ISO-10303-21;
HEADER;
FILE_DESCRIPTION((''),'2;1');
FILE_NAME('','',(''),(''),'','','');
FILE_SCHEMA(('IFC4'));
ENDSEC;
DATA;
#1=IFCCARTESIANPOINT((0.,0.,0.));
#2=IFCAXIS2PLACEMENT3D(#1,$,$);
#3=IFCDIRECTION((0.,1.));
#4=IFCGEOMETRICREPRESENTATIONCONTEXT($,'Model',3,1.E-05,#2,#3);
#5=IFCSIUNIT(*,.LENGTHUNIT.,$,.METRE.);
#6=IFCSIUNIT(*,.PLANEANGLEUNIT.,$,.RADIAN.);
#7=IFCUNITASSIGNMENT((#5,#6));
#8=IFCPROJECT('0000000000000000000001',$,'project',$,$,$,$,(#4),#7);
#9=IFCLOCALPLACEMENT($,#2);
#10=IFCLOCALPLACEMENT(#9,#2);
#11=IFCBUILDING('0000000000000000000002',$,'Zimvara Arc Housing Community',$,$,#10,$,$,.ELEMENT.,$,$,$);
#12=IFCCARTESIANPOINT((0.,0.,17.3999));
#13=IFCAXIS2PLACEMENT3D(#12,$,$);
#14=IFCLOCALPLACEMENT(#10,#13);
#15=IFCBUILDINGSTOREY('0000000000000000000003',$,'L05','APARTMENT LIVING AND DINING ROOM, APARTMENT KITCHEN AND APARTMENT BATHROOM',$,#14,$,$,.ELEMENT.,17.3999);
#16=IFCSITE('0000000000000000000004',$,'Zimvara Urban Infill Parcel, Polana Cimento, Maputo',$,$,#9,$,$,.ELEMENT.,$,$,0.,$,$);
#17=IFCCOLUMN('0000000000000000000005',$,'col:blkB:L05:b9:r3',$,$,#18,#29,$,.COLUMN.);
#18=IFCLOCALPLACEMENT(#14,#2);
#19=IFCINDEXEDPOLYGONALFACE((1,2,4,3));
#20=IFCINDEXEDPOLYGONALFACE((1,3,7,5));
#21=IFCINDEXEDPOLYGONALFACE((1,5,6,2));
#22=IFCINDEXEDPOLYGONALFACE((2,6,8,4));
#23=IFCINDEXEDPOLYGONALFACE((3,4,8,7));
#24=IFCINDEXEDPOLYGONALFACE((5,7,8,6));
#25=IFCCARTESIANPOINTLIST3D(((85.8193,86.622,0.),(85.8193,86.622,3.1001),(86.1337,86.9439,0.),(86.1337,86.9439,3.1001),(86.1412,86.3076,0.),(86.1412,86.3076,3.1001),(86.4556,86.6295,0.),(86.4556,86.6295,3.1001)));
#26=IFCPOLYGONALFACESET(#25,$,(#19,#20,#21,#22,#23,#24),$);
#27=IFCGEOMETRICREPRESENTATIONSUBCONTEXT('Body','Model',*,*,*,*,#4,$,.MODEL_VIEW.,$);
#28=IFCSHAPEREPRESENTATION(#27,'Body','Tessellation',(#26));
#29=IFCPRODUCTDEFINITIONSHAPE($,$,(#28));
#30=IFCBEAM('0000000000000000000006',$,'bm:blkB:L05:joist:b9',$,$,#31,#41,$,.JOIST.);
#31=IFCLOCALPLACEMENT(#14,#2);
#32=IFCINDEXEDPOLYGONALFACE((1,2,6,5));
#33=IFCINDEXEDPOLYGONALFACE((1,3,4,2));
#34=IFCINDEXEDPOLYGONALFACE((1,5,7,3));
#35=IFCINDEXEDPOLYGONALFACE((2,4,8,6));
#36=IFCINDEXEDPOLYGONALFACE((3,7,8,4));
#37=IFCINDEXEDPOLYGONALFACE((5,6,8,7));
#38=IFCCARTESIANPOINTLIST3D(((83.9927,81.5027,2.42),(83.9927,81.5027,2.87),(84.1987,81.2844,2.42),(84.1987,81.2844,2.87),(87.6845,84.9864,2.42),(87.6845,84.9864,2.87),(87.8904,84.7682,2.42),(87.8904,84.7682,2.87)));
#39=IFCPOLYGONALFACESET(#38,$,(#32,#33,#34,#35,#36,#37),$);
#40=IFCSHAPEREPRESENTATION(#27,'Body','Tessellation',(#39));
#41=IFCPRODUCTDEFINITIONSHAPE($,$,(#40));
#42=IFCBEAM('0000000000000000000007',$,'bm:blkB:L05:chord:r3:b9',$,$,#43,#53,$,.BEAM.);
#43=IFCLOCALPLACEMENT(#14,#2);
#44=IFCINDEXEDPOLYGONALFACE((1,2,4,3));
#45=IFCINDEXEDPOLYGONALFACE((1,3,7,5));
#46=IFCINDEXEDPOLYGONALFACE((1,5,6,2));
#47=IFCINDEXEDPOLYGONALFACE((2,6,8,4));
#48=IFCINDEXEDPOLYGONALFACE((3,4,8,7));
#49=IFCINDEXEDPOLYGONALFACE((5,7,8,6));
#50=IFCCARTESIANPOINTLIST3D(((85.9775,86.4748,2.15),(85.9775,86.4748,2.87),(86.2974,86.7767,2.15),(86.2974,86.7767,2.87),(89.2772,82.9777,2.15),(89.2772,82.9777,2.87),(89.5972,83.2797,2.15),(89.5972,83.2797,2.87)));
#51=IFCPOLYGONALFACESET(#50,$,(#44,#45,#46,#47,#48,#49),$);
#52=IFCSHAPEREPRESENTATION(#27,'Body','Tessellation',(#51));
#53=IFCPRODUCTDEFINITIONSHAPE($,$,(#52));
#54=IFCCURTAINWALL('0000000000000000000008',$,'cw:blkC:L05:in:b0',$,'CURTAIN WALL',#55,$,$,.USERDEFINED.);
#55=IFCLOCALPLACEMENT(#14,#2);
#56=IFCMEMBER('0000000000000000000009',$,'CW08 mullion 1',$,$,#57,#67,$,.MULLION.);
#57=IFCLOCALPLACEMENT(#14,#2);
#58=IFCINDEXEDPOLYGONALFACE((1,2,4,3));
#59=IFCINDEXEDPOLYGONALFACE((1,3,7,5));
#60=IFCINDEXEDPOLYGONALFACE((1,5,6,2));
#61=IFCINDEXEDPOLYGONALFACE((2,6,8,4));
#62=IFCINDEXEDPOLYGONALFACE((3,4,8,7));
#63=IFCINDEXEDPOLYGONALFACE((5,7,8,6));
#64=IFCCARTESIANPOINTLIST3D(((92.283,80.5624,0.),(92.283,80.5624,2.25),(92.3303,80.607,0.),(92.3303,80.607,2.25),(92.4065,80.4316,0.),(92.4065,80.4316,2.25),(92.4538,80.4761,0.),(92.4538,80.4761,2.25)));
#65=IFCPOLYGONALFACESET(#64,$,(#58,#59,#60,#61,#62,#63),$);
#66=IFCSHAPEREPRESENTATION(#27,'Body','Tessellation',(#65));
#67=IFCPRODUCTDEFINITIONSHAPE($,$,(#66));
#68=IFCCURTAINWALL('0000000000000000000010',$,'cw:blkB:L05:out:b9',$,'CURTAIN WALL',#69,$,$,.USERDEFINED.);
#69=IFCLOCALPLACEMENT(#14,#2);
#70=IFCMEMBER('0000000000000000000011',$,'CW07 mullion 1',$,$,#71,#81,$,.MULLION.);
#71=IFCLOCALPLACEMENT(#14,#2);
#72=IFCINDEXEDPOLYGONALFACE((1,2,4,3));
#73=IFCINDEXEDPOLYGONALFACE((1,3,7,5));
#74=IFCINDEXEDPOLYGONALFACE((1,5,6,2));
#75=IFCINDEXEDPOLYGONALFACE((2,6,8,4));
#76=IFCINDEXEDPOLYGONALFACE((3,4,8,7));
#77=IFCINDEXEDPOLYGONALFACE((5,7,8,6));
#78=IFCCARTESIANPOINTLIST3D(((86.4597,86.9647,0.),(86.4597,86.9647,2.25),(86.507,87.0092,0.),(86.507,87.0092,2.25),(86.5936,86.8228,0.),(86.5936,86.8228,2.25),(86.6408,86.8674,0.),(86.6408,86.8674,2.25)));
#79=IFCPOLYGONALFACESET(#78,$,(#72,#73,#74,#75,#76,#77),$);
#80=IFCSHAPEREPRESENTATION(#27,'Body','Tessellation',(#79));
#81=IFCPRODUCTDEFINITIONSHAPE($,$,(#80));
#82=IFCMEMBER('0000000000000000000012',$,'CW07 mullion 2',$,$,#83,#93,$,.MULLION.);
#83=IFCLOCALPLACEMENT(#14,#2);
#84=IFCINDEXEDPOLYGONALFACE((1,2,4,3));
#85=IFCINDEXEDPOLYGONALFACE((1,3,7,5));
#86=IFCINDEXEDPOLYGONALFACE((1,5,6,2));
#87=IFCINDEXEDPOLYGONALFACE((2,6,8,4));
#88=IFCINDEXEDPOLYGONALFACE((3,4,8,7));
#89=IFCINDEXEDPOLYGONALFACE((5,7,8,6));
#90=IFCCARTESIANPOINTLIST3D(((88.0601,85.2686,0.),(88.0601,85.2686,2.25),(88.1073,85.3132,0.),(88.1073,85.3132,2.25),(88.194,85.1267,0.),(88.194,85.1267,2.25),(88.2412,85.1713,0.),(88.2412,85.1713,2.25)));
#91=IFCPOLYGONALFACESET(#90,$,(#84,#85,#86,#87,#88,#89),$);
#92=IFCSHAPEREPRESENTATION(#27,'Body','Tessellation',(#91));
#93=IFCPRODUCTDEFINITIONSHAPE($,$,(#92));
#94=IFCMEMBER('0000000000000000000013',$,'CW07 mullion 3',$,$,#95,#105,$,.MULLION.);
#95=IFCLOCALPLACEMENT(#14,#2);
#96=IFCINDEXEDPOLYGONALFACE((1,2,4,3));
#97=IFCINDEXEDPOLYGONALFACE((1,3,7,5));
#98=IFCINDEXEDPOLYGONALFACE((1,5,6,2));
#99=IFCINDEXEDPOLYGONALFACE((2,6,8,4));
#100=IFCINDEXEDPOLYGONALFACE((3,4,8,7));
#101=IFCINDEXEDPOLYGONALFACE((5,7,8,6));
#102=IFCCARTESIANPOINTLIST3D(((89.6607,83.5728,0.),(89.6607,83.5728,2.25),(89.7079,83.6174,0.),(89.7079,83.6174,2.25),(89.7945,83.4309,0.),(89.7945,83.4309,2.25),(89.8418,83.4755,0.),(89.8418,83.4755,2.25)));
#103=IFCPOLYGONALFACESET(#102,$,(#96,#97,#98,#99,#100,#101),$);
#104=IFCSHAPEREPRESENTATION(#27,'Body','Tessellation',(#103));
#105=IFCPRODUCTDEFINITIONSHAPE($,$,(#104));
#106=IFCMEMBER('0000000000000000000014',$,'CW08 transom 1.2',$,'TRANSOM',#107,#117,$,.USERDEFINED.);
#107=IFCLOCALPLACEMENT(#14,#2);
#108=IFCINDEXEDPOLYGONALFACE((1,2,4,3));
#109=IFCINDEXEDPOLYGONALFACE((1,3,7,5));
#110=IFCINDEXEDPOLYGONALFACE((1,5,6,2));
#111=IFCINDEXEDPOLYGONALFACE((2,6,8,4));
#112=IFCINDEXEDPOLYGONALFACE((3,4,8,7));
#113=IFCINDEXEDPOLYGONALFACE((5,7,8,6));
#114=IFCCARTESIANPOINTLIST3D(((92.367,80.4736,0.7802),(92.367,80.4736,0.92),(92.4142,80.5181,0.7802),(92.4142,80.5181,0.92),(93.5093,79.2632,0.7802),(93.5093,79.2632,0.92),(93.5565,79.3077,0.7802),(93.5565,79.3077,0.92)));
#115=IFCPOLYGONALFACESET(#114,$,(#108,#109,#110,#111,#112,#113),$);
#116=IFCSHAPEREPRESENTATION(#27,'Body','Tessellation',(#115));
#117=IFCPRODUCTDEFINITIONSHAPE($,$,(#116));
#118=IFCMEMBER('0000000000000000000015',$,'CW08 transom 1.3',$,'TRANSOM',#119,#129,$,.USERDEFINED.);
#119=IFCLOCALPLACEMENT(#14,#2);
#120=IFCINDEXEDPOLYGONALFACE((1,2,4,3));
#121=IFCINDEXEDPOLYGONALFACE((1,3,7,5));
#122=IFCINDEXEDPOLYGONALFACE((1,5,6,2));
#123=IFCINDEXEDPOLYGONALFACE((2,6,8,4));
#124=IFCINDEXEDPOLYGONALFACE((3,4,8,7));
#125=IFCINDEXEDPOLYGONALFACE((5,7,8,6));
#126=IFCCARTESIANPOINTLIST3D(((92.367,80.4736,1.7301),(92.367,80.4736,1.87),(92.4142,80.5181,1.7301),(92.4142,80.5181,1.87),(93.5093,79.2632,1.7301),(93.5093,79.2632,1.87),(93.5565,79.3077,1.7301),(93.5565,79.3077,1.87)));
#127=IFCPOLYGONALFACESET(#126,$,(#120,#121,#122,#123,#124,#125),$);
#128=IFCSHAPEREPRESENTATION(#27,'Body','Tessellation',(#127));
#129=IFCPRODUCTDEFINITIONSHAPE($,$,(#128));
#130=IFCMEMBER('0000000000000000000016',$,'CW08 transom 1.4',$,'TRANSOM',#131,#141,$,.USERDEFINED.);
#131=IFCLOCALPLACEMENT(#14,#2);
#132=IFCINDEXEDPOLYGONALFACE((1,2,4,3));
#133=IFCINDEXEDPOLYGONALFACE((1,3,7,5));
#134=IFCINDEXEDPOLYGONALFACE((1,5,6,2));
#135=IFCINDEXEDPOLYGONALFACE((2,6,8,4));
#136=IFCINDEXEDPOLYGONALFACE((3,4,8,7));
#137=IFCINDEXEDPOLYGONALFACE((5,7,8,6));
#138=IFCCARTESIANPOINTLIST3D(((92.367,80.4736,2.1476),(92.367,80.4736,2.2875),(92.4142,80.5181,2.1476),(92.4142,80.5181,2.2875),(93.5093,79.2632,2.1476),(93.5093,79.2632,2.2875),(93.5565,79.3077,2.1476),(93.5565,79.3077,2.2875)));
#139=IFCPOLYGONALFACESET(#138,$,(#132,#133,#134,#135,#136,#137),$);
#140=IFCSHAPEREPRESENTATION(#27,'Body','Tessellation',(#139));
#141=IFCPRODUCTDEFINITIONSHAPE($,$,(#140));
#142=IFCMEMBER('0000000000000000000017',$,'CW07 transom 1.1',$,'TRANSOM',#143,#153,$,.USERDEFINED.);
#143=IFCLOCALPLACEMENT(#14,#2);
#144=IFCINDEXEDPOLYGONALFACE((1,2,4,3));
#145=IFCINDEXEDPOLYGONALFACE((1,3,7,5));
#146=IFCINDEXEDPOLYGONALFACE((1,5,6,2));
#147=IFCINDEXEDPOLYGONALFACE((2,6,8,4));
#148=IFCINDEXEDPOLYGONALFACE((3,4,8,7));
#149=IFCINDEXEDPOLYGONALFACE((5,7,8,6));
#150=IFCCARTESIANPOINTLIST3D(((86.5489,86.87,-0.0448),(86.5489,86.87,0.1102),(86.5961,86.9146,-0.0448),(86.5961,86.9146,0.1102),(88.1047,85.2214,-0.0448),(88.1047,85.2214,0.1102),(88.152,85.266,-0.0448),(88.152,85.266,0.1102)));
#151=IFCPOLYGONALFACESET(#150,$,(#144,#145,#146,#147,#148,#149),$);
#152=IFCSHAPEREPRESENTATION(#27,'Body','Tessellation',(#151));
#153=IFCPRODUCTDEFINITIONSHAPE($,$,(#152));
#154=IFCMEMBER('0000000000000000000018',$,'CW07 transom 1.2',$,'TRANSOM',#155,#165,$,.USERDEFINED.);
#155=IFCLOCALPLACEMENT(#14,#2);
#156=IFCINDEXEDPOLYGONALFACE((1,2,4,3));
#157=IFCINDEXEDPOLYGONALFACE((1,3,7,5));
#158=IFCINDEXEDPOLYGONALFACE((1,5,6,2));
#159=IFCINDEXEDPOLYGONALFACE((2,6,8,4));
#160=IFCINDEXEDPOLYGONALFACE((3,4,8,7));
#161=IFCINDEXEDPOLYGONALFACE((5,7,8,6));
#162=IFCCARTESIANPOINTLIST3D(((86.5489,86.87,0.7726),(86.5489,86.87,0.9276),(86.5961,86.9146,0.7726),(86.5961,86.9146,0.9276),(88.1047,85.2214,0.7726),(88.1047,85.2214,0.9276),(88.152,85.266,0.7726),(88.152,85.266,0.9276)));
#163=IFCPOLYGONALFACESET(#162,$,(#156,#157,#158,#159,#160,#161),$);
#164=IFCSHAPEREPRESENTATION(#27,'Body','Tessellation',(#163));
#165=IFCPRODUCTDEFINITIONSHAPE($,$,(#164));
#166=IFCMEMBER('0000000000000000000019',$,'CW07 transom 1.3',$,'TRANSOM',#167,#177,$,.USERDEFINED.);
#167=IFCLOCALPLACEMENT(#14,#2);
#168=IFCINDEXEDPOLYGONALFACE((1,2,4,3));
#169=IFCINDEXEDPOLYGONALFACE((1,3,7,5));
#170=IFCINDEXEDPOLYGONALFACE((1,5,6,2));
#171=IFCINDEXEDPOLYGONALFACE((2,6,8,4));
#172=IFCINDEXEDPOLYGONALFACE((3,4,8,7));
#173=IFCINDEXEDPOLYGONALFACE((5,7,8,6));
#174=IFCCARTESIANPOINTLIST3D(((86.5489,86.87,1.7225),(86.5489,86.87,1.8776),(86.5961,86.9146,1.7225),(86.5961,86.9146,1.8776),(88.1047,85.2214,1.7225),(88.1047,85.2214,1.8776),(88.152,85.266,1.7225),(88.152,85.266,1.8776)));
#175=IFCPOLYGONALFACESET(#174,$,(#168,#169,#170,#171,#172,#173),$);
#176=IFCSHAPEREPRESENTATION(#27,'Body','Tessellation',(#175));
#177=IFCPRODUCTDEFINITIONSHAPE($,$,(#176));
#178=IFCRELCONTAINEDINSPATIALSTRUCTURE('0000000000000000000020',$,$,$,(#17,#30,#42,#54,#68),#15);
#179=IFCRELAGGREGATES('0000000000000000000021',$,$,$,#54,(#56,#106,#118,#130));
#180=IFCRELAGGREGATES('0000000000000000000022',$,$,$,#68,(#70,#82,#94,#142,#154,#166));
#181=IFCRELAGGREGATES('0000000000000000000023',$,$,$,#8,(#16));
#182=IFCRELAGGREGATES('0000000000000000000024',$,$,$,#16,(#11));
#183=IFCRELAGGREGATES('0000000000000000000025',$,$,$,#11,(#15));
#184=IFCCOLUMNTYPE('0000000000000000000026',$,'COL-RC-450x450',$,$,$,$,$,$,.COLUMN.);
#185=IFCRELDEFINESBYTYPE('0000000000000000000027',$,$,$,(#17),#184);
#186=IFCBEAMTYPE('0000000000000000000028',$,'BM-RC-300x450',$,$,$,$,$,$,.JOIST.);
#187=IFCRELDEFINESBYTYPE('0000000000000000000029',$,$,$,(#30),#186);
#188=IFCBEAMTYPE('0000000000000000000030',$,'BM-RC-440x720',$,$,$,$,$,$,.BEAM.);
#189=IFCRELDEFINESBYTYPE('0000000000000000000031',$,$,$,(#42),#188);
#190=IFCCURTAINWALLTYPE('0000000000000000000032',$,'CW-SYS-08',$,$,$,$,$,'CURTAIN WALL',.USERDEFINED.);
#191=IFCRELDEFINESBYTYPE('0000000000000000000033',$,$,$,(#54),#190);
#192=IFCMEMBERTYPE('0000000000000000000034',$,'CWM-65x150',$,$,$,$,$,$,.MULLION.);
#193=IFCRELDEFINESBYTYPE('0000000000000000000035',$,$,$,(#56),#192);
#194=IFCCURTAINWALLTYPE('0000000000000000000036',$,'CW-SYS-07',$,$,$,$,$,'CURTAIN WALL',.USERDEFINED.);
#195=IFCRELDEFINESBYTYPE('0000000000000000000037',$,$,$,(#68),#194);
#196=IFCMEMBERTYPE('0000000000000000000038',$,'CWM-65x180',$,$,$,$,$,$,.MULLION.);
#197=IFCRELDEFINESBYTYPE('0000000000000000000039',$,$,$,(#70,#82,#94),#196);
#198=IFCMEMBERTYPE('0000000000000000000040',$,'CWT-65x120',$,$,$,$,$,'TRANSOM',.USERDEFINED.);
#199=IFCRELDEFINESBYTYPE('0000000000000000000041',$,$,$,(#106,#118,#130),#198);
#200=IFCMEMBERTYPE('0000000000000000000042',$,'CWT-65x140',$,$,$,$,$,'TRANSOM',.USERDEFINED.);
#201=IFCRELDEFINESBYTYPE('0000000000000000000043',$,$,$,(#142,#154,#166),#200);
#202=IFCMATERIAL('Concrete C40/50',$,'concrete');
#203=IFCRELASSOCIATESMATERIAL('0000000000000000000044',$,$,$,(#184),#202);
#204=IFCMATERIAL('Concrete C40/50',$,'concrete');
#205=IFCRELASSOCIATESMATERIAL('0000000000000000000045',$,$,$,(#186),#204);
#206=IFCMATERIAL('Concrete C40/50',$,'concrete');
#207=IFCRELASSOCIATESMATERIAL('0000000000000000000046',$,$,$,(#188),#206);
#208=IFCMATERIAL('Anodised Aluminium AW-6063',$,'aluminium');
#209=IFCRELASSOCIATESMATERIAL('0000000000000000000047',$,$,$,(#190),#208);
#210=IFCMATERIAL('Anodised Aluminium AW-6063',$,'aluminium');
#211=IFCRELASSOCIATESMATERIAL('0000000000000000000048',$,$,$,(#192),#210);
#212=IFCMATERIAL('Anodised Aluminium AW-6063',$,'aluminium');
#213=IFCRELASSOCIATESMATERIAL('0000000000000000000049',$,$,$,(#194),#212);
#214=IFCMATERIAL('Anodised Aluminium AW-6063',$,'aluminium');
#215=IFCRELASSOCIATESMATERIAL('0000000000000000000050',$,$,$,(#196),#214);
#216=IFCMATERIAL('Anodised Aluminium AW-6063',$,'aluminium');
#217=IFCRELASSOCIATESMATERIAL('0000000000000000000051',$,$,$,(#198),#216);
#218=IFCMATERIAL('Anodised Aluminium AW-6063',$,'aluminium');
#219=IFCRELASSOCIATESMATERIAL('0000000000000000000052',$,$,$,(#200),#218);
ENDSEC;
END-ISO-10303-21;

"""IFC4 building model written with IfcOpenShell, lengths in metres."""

from ifc_helpers import new_model, si_unit, direction, frame, origin, origin_2d, place, context, subcontext, project, spatial, rectangle, extrude, material, material_profile, profile_set, type_object, element, aggregate, save


model = new_model("IFC4")

# Units and contexts
model_context = context("Model", 3, precision=1e-05, world=origin(), true_north=direction((0.0, 1.0)))
body_context = subcontext(model_context, "Body", "Model", "MODEL_VIEW")
ifc_project = project(units=[si_unit("LENGTHUNIT", "METRE"), si_unit("PLANEANGLEUNIT", "RADIAN")], contexts=[model_context])

# Site, building, storey
site_placement = place(None, origin())
site = spatial("IfcSite", under=ifc_project, at=site_placement, Name="Zimvara Urban Infill Parcel, Polana Cimento, Maputo", CompositionType="ELEMENT", RefElevation=0.0)
building_placement = place(site_placement, origin())
building = spatial("IfcBuilding", under=site, at=building_placement, Name="Zimvara Arc Housing Community", CompositionType="ELEMENT")
storey_placement = place(building_placement, frame((0.0, 0.0, 17.3999)))
storey = spatial("IfcBuildingStorey", under=building, at=storey_placement, Name="L05", Description="APARTMENT LIVING AND DINING ROOM, APARTMENT KITCHEN AND APARTMENT BATHROOM", CompositionType="ELEMENT", Elevation=17.3999)

# Column
ifc_material_1 = material(Name="Concrete C40/50", Category="concrete")
ifc_material_profile_1 = material_profile(ifc_material_1, rectangle(XDim=0.45, YDim=0.45, at=origin_2d()), Name="RC 450x450")
ifc_profile_set_1 = profile_set([ifc_material_profile_1], Name="Concrete C40/50")
column_type_1 = type_object("IfcColumnType", Name="COL-RC-450x450", PredefinedType="COLUMN", material=ifc_profile_set_1)
column_1_placement = place(storey_placement, frame((86.1375, 86.6257, 0.0), z_axis=(0.0, 0.0, 1.0), x_axis=(0.698665, 0.715449, 0.0)))
element("IfcColumn", 1, at=column_1_placement, inside=storey, type_object=column_type_1, Name="col:blkB:L05:b9:r3", PredefinedType="COLUMN", context=body_context, shape_type="SweptSolid", body=[
    extrude(rectangle(XDim=0.45, YDim=0.45, at=origin_2d()), origin(), (0.0, 0.0, 1.0), 3.1001),
])

# Beams
ifc_material_2 = material(Name="Concrete C40/50", Category="concrete")
ifc_material_profile_2 = material_profile(ifc_material_2, rectangle(XDim=0.3, YDim=0.45, at=origin_2d()), Name="RC 300x450")
ifc_profile_set_2 = profile_set([ifc_material_profile_2], Name="Concrete C40/50")
beam_type_1 = type_object("IfcBeamType", Name="BM-RC-300x450", PredefinedType="JOIST", material=ifc_profile_set_2)
beam_1_placement = place(storey_placement, frame((84.0957, 81.3936, 2.645), z_axis=(0.7273, 0.68632, 0.0), x_axis=(-0.68632, 0.7273, 0.0)))
element("IfcBeam", 2, at=beam_1_placement, inside=storey, type_object=beam_type_1, Name="bm:blkB:L05:joist:b9", PredefinedType="JOIST", context=body_context, shape_type="SweptSolid", body=[
    extrude(rectangle(XDim=0.3, YDim=0.45, at=origin_2d()), origin(), (0.0, 0.0, 1.0), 5.0759),
])
ifc_material_3 = material(Name="Concrete C40/50", Category="concrete")
ifc_material_profile_3 = material_profile(ifc_material_3, rectangle(XDim=0.4399, YDim=0.72, at=origin_2d()), Name="RC 440x720")
ifc_profile_set_3 = profile_set([ifc_material_profile_3], Name="Concrete C40/50")
beam_type_2 = type_object("IfcBeamType", Name="BM-RC-440x720", PredefinedType="BEAM", material=ifc_profile_set_3)
beam_2_placement = place(storey_placement, frame((86.1375, 86.6257, 2.51), z_axis=(0.686295, -0.727323, 0.0), x_axis=(0.727323, 0.686295, 0.0)))
element("IfcBeam", 3, at=beam_2_placement, inside=storey, type_object=beam_type_2, Name="bm:blkB:L05:chord:r3:b9", PredefinedType="BEAM", context=body_context, shape_type="SweptSolid", body=[
    extrude(rectangle(XDim=0.4399, YDim=0.72, at=origin_2d()), origin(), (0.0, 0.0, 1.0), 4.8081),
])

# Curtain wall, member
ifc_material_4 = material(Name="Anodised Aluminium AW-6063", Category="aluminium")
curtain_wall_type_1 = type_object("IfcCurtainWallType", Name="CW-SYS-08", ElementType="CURTAIN WALL", PredefinedType="USERDEFINED", material=ifc_material_4)
curtain_wall_1_placement = place(storey_placement, origin())
curtain_wall_1 = element("IfcCurtainWall", 4, at=curtain_wall_1_placement, inside=storey, type_object=curtain_wall_type_1, Name="cw:blkC:L05:in:b0", ObjectType="CURTAIN WALL", PredefinedType="USERDEFINED")
ifc_material_5 = material(Name="Anodised Aluminium AW-6063", Category="aluminium")
ifc_material_profile_4 = material_profile(ifc_material_5, rectangle(XDim=0.0649, YDim=0.1799, at=origin_2d()), Name="ALU 65x180")
ifc_profile_set_4 = profile_set([ifc_material_profile_4], Name="Anodised Aluminium AW-6063")
member_type_1 = type_object("IfcMemberType", Name="CWM-65x150", PredefinedType="MULLION", material=ifc_profile_set_4)
member_1_placement = place(storey_placement, frame((92.3684, 80.5193, 0.0), z_axis=(0.0, 0.0, 1.0), x_axis=(0.727293, 0.686327, 0.0)))
member_1 = element("IfcMember", 5, at=member_1_placement, type_object=member_type_1, Name="CW08 mullion 1", PredefinedType="MULLION", context=body_context, shape_type="SweptSolid", body=[
    extrude(rectangle(XDim=0.0649, YDim=0.1799, at=origin_2d()), origin(), (0.0, 0.0, 1.0), 2.25),
])

# Curtain wall, members
ifc_material_6 = material(Name="Anodised Aluminium AW-6063", Category="aluminium")
curtain_wall_type_2 = type_object("IfcCurtainWallType", Name="CW-SYS-07", ElementType="CURTAIN WALL", PredefinedType="USERDEFINED", material=ifc_material_6)
curtain_wall_2_placement = place(storey_placement, origin())
curtain_wall_2 = element("IfcCurtainWall", 6, at=curtain_wall_2_placement, inside=storey, type_object=curtain_wall_type_2, Name="cw:blkB:L05:out:b9", ObjectType="CURTAIN WALL", PredefinedType="USERDEFINED")
ifc_material_7 = material(Name="Anodised Aluminium AW-6063", Category="aluminium")
ifc_material_profile_5 = material_profile(ifc_material_7, rectangle(XDim=0.0649, YDim=0.1951, at=origin_2d()), Name="ALU 65x195")
ifc_profile_set_5 = profile_set([ifc_material_profile_5], Name="Anodised Aluminium AW-6063")
member_type_2 = type_object("IfcMemberType", Name="CWM-65x180", PredefinedType="MULLION", material=ifc_profile_set_5)
member_2_placement = place(storey_placement, frame((86.5503, 86.916, 0.0), z_axis=(0.0, 0.0, 1.0), x_axis=(0.727294, 0.686326, 0.0)))
member_2 = element("IfcMember", 7, at=member_2_placement, type_object=member_type_2, Name="CW07 mullion 1", PredefinedType="MULLION", context=body_context, shape_type="SweptSolid", body=[
    extrude(rectangle(XDim=0.0649, YDim=0.1951, at=origin_2d()), origin(), (0.0, 0.0, 1.0), 2.25),
])
member_3_placement = place(storey_placement, frame((88.1506, 85.22, 0.0), z_axis=(0.0, 0.0, 1.0), x_axis=(0.727294, 0.686326, 0.0)))
member_3 = element("IfcMember", 8, at=member_3_placement, type_object=member_type_2, Name="CW07 mullion 2", PredefinedType="MULLION", context=body_context, shape_type="SweptSolid", body=[
    extrude(rectangle(XDim=0.0649, YDim=0.1951, at=origin_2d()), origin(), (0.0, 0.0, 1.0), 2.25),
])
member_4_placement = place(storey_placement, frame((89.7512, 83.5242, 0.0), z_axis=(0.0, 0.0, 1.0), x_axis=(0.727294, 0.686326, 0.0)))
member_4 = element("IfcMember", 9, at=member_4_placement, type_object=member_type_2, Name="CW07 mullion 3", PredefinedType="MULLION", context=body_context, shape_type="SweptSolid", body=[
    extrude(rectangle(XDim=0.0649, YDim=0.1951, at=origin_2d()), origin(), (0.0, 0.0, 1.0), 2.25),
])

# Members
ifc_material_8 = material(Name="Anodised Aluminium AW-6063", Category="aluminium")
ifc_material_profile_6 = material_profile(ifc_material_8, rectangle(XDim=0.0649, YDim=0.1399, at=origin_2d()), Name="ALU 65x140")
ifc_profile_set_6 = profile_set([ifc_material_profile_6], Name="Anodised Aluminium AW-6063")
member_type_3 = type_object("IfcMemberType", Name="CWT-65x120", ElementType="TRANSOM", PredefinedType="USERDEFINED", material=ifc_profile_set_6)
member_5_placement = place(storey_placement, frame((92.3906, 80.4958, 0.8501), z_axis=(0.686348, -0.727273, 0.0), x_axis=(0.727273, 0.686348, 0.0)))
member_5 = element("IfcMember", 10, at=member_5_placement, type_object=member_type_3, Name="CW08 transom 1.2", ObjectType="TRANSOM", PredefinedType="USERDEFINED", context=body_context, shape_type="SweptSolid", body=[
    extrude(rectangle(XDim=0.0649, YDim=0.1399, at=origin_2d()), origin(), (0.0, 0.0, 1.0), 1.6643),
])
member_6_placement = place(storey_placement, frame((92.3906, 80.4958, 1.8), z_axis=(0.686348, -0.727273, 0.0), x_axis=(0.727273, 0.686348, 0.0)))
member_6 = element("IfcMember", 11, at=member_6_placement, type_object=member_type_3, Name="CW08 transom 1.3", ObjectType="TRANSOM", PredefinedType="USERDEFINED", context=body_context, shape_type="SweptSolid", body=[
    extrude(rectangle(XDim=0.0649, YDim=0.1399, at=origin_2d()), origin(), (0.0, 0.0, 1.0), 1.6643),
])
member_7_placement = place(storey_placement, frame((92.3906, 80.4958, 2.2175), z_axis=(0.686348, -0.727273, 0.0), x_axis=(0.727273, 0.686348, 0.0)))
member_7 = element("IfcMember", 12, at=member_7_placement, type_object=member_type_3, Name="CW08 transom 1.4", ObjectType="TRANSOM", PredefinedType="USERDEFINED", context=body_context, shape_type="SweptSolid", body=[
    extrude(rectangle(XDim=0.0649, YDim=0.1399, at=origin_2d()), origin(), (0.0, 0.0, 1.0), 1.6643),
])
aggregate(curtain_wall_1, [member_1, member_5, member_6, member_7])
ifc_material_9 = material(Name="Anodised Aluminium AW-6063", Category="aluminium")
ifc_material_profile_7 = material_profile(ifc_material_9, rectangle(XDim=0.0649, YDim=0.155, at=origin_2d()), Name="ALU 65x155")
ifc_profile_set_7 = profile_set([ifc_material_profile_7], Name="Anodised Aluminium AW-6063")
member_type_4 = type_object("IfcMemberType", Name="CWT-65x140", ElementType="TRANSOM", PredefinedType="USERDEFINED", material=ifc_profile_set_7)
member_8_placement = place(storey_placement, frame((86.5725, 86.8923, 0.0327), z_axis=(0.686348, -0.727273, 0.0), x_axis=(0.727273, 0.686348, 0.0)))
member_8 = element("IfcMember", 13, at=member_8_placement, type_object=member_type_4, Name="CW07 transom 1.1", ObjectType="TRANSOM", PredefinedType="USERDEFINED", context=body_context, shape_type="SweptSolid", body=[
    extrude(rectangle(XDim=0.0649, YDim=0.155, at=origin_2d()), origin(), (0.0, 0.0, 1.0), 2.2668),
])
member_9_placement = place(storey_placement, frame((86.5725, 86.8923, 0.8501), z_axis=(0.686348, -0.727273, 0.0), x_axis=(0.727273, 0.686348, 0.0)))
member_9 = element("IfcMember", 14, at=member_9_placement, type_object=member_type_4, Name="CW07 transom 1.2", ObjectType="TRANSOM", PredefinedType="USERDEFINED", context=body_context, shape_type="SweptSolid", body=[
    extrude(rectangle(XDim=0.0649, YDim=0.155, at=origin_2d()), origin(), (0.0, 0.0, 1.0), 2.2668),
])
member_10_placement = place(storey_placement, frame((86.5725, 86.8923, 1.8), z_axis=(0.686348, -0.727273, 0.0), x_axis=(0.727273, 0.686348, 0.0)))
member_10 = element("IfcMember", 15, at=member_10_placement, type_object=member_type_4, Name="CW07 transom 1.3", ObjectType="TRANSOM", PredefinedType="USERDEFINED", context=body_context, shape_type="SweptSolid", body=[
    extrude(rectangle(XDim=0.0649, YDim=0.155, at=origin_2d()), origin(), (0.0, 0.0, 1.0), 2.2668),
])

aggregate(curtain_wall_2, [member_2, member_3, member_4, member_8, member_9, member_10])

save(model, "model.ifc")
